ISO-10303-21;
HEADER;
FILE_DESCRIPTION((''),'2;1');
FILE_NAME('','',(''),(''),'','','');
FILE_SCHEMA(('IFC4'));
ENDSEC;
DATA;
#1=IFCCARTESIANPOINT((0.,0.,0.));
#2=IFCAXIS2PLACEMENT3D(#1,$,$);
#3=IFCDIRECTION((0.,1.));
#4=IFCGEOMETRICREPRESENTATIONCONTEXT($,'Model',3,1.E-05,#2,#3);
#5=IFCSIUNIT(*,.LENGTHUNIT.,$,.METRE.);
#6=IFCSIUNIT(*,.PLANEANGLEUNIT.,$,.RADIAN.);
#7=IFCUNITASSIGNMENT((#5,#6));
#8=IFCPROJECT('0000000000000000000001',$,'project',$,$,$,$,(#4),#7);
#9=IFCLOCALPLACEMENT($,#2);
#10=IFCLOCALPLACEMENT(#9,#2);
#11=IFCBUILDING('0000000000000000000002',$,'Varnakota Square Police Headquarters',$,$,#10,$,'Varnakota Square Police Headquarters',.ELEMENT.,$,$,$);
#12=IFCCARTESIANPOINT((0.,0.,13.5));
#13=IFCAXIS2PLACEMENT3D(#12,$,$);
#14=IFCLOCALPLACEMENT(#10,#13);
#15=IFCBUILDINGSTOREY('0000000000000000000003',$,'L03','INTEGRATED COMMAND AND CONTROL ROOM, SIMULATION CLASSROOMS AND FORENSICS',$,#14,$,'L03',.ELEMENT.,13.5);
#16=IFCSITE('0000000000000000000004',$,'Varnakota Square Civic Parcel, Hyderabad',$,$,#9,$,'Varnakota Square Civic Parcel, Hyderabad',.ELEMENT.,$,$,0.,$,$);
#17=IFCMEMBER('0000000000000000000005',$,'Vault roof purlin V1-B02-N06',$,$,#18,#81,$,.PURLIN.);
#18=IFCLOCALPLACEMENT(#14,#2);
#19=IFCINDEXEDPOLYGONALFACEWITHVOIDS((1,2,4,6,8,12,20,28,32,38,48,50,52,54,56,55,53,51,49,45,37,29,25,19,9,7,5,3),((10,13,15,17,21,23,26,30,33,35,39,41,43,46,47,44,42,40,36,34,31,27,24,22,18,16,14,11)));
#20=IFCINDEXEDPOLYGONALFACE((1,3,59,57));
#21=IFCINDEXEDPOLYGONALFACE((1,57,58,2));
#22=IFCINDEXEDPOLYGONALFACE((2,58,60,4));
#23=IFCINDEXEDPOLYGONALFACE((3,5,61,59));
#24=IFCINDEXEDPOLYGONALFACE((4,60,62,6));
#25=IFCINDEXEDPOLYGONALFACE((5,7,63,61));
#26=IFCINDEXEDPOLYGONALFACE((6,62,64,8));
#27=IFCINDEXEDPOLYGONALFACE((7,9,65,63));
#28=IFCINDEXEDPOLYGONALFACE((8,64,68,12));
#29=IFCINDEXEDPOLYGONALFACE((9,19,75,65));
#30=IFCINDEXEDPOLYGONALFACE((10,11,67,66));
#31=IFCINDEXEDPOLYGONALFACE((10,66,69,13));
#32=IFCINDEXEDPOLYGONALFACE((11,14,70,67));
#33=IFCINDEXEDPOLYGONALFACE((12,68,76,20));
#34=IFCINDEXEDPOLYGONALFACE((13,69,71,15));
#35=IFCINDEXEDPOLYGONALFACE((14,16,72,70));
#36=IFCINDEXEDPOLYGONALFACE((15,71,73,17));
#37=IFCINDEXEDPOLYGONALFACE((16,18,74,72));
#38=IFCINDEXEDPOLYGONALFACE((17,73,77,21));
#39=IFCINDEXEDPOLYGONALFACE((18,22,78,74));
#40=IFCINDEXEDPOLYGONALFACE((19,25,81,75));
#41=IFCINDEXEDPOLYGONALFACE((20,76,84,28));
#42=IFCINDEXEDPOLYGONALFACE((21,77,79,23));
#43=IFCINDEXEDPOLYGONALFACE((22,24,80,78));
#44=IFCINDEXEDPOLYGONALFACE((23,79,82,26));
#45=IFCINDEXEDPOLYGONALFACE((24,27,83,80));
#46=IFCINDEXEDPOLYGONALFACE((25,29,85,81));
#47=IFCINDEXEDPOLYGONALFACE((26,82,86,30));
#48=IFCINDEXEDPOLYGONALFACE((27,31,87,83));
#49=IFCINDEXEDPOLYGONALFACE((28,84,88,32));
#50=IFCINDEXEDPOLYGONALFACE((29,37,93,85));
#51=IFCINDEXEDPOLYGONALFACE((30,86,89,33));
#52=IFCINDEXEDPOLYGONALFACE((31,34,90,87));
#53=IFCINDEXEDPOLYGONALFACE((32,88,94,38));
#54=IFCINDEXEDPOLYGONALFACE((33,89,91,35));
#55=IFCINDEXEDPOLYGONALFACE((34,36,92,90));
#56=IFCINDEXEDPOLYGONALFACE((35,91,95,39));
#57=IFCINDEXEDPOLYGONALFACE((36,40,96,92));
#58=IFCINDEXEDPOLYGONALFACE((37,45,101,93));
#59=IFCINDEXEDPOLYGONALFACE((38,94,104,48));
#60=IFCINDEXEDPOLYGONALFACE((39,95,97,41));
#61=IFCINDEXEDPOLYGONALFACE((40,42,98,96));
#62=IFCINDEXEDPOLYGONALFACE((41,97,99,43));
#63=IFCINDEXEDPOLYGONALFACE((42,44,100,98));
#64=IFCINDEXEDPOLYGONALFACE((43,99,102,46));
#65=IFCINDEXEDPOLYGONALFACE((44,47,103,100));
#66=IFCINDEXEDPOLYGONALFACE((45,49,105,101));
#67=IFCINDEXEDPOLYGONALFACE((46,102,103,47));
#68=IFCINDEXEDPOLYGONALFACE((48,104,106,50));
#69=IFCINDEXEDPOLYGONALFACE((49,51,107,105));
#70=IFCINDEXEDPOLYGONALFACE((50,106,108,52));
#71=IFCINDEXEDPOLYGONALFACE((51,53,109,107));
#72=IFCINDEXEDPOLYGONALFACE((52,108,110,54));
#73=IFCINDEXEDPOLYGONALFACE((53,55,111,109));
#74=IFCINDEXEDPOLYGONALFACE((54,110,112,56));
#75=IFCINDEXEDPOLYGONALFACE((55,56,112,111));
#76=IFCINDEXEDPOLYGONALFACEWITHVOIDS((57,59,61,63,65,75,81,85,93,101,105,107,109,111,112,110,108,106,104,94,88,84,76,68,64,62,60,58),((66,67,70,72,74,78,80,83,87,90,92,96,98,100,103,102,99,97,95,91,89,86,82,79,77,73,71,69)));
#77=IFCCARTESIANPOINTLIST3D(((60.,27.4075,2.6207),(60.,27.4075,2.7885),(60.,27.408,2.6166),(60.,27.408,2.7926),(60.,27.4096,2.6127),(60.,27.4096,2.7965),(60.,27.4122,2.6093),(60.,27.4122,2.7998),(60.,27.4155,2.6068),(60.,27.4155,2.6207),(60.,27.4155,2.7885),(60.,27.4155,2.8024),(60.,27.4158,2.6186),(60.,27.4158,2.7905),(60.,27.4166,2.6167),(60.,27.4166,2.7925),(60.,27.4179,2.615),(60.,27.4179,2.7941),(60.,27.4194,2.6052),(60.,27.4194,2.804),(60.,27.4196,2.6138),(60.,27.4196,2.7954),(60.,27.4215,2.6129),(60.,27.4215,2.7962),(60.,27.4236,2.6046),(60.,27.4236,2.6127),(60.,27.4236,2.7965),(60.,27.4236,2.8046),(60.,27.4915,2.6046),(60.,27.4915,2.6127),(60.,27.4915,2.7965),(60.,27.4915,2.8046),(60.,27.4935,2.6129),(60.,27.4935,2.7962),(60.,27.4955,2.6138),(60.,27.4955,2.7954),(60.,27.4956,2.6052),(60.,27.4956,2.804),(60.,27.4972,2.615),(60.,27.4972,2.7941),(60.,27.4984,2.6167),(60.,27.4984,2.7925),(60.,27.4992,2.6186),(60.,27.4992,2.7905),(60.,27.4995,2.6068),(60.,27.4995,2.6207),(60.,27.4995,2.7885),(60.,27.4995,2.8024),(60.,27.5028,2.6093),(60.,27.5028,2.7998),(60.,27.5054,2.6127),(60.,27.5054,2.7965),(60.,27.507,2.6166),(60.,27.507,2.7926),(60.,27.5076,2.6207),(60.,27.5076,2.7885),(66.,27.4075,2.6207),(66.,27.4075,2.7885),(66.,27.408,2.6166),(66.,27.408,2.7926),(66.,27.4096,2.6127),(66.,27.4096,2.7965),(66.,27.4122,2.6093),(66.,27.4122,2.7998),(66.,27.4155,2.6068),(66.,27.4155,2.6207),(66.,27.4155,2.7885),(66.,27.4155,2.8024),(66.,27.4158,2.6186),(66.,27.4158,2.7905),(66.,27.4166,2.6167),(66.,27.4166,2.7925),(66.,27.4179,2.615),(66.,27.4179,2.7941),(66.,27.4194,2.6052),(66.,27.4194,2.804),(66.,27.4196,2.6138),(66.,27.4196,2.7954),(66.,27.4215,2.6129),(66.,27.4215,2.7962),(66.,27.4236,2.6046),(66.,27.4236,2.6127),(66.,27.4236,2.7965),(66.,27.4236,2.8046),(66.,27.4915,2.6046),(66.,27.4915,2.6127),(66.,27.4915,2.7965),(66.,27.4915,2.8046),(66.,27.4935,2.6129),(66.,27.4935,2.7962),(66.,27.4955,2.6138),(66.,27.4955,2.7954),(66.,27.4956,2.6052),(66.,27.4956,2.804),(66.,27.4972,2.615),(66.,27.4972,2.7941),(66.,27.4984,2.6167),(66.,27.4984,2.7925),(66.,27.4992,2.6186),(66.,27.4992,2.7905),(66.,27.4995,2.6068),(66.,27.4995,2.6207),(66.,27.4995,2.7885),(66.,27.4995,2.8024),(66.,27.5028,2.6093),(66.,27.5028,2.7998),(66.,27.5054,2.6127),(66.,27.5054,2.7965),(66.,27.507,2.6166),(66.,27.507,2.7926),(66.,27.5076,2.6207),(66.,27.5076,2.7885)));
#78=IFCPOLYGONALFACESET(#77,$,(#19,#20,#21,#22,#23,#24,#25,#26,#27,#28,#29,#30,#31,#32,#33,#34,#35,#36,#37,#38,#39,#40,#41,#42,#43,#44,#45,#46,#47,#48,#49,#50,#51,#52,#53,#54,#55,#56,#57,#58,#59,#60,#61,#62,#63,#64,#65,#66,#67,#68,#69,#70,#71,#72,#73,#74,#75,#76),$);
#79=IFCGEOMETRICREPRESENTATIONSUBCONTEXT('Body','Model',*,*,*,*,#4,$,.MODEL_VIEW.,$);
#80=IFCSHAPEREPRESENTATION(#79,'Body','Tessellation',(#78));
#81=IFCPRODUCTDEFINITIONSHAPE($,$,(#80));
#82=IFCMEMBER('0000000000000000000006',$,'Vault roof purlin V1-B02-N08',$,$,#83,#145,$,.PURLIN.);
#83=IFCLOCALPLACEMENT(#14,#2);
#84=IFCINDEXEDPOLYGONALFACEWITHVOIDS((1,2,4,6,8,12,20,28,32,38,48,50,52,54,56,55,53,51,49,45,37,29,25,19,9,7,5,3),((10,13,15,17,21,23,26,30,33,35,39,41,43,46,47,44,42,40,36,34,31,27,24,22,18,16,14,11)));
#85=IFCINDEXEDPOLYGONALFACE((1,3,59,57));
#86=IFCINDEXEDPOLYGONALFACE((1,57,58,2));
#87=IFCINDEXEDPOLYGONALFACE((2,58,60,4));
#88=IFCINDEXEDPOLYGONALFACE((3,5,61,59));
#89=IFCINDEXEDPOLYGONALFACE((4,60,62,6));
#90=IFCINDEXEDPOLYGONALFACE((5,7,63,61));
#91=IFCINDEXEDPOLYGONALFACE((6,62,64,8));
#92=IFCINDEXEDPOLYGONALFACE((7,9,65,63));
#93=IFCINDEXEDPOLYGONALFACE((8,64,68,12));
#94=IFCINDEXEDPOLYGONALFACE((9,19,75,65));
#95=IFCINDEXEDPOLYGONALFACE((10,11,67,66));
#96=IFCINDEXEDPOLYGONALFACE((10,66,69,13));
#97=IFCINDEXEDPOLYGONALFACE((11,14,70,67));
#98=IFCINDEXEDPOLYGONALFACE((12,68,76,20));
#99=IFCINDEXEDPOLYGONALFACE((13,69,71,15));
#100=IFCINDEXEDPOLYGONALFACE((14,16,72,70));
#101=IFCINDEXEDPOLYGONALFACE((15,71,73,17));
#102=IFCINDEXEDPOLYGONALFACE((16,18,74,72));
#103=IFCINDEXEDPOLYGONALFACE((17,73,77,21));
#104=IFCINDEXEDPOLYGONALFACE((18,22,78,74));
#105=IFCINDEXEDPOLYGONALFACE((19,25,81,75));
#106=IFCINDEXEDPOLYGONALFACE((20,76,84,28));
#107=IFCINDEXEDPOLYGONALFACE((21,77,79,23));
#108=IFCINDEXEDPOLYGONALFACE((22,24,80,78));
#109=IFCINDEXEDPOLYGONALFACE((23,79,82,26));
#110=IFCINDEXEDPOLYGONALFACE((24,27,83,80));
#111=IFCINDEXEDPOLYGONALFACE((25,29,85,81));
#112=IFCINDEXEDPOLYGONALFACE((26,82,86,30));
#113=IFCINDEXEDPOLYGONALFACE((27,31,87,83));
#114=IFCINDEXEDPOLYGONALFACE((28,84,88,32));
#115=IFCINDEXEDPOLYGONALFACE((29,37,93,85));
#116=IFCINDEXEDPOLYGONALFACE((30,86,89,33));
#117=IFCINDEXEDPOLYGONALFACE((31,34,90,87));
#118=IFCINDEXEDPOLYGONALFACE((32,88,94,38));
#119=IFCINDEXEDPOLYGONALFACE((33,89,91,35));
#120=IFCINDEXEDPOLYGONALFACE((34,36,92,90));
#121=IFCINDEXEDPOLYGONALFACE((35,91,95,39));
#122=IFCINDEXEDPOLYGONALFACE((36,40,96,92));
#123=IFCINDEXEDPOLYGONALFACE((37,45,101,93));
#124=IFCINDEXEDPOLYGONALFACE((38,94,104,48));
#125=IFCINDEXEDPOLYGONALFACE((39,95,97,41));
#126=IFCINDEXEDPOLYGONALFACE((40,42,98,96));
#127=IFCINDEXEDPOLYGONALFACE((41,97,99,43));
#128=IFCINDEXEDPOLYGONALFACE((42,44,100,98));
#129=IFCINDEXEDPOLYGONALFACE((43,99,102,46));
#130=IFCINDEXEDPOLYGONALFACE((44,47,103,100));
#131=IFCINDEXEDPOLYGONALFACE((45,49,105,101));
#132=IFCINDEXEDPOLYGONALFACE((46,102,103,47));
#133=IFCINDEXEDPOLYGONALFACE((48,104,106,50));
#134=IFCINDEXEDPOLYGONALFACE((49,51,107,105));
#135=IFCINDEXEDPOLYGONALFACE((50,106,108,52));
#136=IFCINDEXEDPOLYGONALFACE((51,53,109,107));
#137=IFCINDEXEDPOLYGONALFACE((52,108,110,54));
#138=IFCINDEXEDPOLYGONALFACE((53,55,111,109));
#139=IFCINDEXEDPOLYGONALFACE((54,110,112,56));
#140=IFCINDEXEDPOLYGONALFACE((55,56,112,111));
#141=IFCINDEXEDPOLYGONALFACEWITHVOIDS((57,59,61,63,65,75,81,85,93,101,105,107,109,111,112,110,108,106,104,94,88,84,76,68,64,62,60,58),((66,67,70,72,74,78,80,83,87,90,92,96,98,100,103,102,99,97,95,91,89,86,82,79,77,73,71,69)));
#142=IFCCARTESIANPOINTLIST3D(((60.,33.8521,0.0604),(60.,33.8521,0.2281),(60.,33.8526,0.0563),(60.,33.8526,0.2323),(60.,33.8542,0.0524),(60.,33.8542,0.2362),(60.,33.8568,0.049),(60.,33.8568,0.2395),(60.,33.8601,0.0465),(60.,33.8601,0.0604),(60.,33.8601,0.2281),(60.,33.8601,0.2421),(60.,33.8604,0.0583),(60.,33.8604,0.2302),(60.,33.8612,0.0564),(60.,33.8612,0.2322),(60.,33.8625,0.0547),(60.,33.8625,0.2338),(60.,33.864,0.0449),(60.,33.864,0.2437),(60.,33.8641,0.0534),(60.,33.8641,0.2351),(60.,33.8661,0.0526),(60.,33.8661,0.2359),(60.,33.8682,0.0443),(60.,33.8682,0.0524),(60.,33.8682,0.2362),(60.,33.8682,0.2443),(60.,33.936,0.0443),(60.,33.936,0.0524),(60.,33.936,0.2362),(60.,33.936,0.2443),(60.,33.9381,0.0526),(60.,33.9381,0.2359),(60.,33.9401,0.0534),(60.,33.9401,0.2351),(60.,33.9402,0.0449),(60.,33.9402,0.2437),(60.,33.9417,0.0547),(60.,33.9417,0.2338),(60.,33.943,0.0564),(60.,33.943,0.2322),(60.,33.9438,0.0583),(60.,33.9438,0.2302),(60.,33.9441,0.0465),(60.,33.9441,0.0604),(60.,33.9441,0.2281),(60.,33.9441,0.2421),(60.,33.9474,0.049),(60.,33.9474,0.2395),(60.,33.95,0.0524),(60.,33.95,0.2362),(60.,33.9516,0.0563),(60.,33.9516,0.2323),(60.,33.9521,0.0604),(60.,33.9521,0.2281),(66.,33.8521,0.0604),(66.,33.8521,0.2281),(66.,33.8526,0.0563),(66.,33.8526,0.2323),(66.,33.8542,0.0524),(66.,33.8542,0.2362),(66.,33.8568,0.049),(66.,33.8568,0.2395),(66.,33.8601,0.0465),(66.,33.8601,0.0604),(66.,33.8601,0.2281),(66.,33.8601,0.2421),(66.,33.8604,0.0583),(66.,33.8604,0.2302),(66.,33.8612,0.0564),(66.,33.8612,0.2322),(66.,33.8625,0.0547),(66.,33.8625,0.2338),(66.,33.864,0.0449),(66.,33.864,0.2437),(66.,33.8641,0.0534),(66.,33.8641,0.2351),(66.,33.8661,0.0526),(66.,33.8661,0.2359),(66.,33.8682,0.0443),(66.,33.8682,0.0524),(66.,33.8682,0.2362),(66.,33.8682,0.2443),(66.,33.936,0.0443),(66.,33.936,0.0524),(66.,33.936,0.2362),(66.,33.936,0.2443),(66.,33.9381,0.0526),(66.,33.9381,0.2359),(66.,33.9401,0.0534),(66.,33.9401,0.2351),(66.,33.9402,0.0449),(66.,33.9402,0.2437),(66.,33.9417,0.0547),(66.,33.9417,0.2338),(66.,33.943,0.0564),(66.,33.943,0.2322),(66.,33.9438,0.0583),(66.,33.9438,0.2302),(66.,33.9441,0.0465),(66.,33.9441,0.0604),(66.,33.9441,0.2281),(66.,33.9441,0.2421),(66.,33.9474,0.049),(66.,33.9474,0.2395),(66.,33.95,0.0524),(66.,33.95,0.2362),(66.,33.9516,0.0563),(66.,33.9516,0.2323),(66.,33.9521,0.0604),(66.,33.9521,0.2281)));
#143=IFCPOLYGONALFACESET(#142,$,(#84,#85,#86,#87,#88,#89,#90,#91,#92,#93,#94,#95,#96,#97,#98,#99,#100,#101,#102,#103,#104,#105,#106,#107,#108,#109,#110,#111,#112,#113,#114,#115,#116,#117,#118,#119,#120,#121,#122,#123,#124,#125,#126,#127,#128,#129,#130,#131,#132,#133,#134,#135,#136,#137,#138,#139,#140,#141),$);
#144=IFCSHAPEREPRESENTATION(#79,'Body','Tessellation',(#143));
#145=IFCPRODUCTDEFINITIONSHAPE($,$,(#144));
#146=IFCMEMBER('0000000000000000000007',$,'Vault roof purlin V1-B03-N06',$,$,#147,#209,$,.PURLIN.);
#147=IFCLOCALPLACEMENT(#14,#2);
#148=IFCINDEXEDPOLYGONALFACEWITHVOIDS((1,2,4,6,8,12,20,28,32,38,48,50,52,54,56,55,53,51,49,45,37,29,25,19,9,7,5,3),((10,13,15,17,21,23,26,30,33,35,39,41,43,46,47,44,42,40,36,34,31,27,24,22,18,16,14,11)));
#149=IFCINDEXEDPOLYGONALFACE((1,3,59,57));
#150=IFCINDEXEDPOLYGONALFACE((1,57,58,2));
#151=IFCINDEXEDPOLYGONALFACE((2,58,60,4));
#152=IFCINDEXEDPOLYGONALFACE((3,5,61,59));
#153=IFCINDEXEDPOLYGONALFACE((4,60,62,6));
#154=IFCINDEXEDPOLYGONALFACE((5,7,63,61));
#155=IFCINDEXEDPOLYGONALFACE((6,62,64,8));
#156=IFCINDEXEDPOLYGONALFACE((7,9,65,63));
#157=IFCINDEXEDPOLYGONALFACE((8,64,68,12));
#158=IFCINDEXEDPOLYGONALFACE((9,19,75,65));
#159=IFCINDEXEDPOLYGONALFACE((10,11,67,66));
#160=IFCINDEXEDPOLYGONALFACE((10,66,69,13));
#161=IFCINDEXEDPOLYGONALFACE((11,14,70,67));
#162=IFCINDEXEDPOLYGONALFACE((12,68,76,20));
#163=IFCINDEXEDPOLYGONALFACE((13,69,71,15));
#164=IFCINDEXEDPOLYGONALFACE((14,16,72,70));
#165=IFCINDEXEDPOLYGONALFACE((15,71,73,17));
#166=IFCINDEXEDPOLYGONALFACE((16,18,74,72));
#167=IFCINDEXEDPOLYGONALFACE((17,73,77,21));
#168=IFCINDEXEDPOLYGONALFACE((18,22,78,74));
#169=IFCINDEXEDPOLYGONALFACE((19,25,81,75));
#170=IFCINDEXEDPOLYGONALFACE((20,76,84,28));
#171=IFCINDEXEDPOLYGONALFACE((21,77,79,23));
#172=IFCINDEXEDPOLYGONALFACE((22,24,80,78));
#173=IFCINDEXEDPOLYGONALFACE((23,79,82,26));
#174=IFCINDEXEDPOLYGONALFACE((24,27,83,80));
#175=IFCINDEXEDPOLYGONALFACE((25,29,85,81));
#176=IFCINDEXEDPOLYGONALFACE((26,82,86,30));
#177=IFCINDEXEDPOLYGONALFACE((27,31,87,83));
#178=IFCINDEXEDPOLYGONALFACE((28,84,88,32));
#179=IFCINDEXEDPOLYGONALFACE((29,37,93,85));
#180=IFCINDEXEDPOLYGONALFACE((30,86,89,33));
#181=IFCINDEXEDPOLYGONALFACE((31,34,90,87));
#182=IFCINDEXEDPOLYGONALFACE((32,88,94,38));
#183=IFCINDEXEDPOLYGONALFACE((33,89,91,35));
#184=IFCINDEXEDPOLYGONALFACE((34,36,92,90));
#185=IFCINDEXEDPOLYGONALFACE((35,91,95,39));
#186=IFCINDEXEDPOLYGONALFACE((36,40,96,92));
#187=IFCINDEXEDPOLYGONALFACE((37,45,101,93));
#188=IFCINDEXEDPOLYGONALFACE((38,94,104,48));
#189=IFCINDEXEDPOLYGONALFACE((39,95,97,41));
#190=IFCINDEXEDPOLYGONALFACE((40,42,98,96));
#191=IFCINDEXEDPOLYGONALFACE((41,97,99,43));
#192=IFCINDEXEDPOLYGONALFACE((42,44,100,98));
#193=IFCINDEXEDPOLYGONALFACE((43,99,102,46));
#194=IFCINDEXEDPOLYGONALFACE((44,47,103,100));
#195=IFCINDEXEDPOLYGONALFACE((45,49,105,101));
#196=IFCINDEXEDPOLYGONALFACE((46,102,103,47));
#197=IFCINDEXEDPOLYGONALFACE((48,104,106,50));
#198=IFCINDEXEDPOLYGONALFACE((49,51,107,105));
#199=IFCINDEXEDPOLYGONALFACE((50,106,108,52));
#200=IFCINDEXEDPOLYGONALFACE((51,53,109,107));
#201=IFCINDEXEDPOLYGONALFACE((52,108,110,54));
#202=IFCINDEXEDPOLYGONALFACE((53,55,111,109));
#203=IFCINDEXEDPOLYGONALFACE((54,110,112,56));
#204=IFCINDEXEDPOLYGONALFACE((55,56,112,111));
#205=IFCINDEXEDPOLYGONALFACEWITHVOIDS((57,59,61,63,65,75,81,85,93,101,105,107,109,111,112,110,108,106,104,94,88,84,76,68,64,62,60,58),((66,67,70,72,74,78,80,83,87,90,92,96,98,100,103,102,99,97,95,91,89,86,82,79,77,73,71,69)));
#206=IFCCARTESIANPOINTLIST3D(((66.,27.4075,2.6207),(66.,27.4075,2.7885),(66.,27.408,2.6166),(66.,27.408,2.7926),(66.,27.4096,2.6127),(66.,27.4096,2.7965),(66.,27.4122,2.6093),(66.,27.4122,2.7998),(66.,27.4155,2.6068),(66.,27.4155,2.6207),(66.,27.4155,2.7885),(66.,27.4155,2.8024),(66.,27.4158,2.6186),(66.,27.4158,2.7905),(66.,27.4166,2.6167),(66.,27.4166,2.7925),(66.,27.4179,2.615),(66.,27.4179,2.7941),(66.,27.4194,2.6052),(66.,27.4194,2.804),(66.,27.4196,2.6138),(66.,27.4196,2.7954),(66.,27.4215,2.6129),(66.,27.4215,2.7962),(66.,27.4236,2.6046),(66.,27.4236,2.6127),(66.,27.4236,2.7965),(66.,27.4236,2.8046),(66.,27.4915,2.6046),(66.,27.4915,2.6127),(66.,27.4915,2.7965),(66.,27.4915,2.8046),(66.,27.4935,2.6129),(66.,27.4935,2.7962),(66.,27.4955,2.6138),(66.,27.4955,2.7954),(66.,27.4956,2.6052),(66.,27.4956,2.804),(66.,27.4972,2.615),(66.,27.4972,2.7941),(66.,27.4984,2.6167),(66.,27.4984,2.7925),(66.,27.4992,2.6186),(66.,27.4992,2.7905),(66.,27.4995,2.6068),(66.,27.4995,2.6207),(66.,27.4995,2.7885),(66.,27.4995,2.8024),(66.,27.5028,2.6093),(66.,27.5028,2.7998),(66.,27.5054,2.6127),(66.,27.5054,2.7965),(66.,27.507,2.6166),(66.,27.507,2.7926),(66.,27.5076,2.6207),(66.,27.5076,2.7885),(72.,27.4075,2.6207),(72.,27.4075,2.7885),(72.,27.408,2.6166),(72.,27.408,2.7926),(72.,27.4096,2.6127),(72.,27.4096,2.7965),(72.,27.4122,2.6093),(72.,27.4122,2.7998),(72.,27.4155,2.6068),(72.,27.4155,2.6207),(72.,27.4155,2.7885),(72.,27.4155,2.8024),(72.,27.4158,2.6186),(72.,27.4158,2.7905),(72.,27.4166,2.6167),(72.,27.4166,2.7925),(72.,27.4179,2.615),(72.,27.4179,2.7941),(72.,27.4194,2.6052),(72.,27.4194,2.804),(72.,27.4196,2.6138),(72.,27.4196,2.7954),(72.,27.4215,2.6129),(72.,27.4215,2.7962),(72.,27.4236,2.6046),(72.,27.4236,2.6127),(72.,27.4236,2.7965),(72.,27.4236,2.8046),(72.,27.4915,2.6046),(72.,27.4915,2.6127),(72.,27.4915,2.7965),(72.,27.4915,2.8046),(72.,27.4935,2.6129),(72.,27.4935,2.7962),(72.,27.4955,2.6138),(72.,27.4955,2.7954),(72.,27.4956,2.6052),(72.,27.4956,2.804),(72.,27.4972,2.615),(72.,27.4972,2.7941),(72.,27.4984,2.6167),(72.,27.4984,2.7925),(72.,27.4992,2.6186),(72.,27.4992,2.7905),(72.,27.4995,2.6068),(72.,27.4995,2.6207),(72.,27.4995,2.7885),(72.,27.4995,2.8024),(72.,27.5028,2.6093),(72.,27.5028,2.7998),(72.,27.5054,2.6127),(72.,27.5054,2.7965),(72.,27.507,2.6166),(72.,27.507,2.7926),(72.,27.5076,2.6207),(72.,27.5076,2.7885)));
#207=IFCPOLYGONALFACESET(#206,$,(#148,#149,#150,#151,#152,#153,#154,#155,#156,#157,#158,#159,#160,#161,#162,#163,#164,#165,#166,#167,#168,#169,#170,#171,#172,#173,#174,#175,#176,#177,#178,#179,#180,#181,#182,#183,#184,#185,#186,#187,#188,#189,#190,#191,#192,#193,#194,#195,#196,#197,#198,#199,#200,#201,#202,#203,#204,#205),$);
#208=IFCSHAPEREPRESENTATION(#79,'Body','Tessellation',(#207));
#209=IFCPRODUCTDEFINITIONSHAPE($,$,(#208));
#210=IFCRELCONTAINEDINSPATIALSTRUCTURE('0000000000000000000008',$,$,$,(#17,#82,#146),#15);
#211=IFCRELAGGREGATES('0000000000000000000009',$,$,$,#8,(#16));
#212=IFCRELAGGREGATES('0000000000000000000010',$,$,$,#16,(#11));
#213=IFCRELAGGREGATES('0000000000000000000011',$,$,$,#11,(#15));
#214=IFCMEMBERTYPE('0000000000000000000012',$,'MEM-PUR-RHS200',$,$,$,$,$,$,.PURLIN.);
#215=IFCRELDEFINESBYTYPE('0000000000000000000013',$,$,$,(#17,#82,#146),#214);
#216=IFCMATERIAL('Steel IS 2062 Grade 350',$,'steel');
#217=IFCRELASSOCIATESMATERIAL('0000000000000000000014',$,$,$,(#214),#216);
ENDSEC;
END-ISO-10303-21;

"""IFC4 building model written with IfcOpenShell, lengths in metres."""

from ifc_helpers import new_model, si_unit, direction, frame, origin, origin_2d, place, context, subcontext, project, spatial, hollow_rectangle, extrude, material, material_profile, profile_set, type_object, element, save


model = new_model("IFC4")

# Units and contexts
model_context = context("Model", 3, precision=1e-05, world=origin(), true_north=direction((0.0, 1.0)))
body_context = subcontext(model_context, "Body", "Model", "MODEL_VIEW")
ifc_project = project(units=[si_unit("LENGTHUNIT", "METRE"), si_unit("PLANEANGLEUNIT", "RADIAN")], contexts=[model_context])

# Site, building, storey
site_placement = place(None, origin())
site = spatial("IfcSite", under=ifc_project, at=site_placement, Name="Varnakota Square Civic Parcel, Hyderabad", LongName="Varnakota Square Civic Parcel, Hyderabad", CompositionType="ELEMENT", RefElevation=0.0)
building_placement = place(site_placement, origin())
building = spatial("IfcBuilding", under=site, at=building_placement, Name="Varnakota Square Police Headquarters", LongName="Varnakota Square Police Headquarters", CompositionType="ELEMENT")
storey_placement = place(building_placement, frame((0.0, 0.0, 13.5)))
storey = spatial("IfcBuildingStorey", under=building, at=storey_placement, Name="L03", Description="INTEGRATED COMMAND AND CONTROL ROOM, SIMULATION CLASSROOMS AND FORENSICS", LongName="L03", CompositionType="ELEMENT", Elevation=13.5)

# Shared definitions
ifc_material_1 = material(Name="Steel IS 2062 Grade 350", Category="steel")

# Members
ifc_material_profile_1 = material_profile(ifc_material_1, hollow_rectangle(XDim=0.1001, YDim=0.2, WallThickness=0.0081, InnerFilletRadius=0.0081, OuterFilletRadius=0.0161, at=origin_2d()), Name="RHS 200x100x8")
ifc_profile_set_1 = profile_set([ifc_material_profile_1], Name="Steel IS 2062 Grade 350")
member_type_1 = type_object("IfcMemberType", Name="MEM-PUR-RHS200", PredefinedType="PURLIN", material=ifc_profile_set_1)
for number, where, z_axis, x_axis, name in (
    (1, (60.0, 27.4575, 2.7046), (1.0, 0.0, 0.0), (0.0, 1.0, 0.0), "Vault roof purlin V1-B02-N06"),
    (2, (60.0, 33.9021, 0.1443), (1.0, 0.0, 0.0), (0.0, 1.0, 0.0), "Vault roof purlin V1-B02-N08"),
    (3, (66.0, 27.4575, 2.7046), (1.0, 0.0, 0.0), (0.0, 1.0, 0.0), "Vault roof purlin V1-B03-N06"),
):
    element("IfcMember", number, at=place(storey_placement, frame(where, z_axis=z_axis, x_axis=x_axis)), inside=storey, type_object=member_type_1, Name=name, PredefinedType="PURLIN", context=body_context, shape_type="SweptSolid", body=[
        extrude(hollow_rectangle(XDim=0.1001, YDim=0.2, WallThickness=0.0081, InnerFilletRadius=0.0081, OuterFilletRadius=0.0161, at=origin_2d()), origin(), (0.0, 0.0, 1.0), 6.0),
    ])

save(model, "model.ifc")
